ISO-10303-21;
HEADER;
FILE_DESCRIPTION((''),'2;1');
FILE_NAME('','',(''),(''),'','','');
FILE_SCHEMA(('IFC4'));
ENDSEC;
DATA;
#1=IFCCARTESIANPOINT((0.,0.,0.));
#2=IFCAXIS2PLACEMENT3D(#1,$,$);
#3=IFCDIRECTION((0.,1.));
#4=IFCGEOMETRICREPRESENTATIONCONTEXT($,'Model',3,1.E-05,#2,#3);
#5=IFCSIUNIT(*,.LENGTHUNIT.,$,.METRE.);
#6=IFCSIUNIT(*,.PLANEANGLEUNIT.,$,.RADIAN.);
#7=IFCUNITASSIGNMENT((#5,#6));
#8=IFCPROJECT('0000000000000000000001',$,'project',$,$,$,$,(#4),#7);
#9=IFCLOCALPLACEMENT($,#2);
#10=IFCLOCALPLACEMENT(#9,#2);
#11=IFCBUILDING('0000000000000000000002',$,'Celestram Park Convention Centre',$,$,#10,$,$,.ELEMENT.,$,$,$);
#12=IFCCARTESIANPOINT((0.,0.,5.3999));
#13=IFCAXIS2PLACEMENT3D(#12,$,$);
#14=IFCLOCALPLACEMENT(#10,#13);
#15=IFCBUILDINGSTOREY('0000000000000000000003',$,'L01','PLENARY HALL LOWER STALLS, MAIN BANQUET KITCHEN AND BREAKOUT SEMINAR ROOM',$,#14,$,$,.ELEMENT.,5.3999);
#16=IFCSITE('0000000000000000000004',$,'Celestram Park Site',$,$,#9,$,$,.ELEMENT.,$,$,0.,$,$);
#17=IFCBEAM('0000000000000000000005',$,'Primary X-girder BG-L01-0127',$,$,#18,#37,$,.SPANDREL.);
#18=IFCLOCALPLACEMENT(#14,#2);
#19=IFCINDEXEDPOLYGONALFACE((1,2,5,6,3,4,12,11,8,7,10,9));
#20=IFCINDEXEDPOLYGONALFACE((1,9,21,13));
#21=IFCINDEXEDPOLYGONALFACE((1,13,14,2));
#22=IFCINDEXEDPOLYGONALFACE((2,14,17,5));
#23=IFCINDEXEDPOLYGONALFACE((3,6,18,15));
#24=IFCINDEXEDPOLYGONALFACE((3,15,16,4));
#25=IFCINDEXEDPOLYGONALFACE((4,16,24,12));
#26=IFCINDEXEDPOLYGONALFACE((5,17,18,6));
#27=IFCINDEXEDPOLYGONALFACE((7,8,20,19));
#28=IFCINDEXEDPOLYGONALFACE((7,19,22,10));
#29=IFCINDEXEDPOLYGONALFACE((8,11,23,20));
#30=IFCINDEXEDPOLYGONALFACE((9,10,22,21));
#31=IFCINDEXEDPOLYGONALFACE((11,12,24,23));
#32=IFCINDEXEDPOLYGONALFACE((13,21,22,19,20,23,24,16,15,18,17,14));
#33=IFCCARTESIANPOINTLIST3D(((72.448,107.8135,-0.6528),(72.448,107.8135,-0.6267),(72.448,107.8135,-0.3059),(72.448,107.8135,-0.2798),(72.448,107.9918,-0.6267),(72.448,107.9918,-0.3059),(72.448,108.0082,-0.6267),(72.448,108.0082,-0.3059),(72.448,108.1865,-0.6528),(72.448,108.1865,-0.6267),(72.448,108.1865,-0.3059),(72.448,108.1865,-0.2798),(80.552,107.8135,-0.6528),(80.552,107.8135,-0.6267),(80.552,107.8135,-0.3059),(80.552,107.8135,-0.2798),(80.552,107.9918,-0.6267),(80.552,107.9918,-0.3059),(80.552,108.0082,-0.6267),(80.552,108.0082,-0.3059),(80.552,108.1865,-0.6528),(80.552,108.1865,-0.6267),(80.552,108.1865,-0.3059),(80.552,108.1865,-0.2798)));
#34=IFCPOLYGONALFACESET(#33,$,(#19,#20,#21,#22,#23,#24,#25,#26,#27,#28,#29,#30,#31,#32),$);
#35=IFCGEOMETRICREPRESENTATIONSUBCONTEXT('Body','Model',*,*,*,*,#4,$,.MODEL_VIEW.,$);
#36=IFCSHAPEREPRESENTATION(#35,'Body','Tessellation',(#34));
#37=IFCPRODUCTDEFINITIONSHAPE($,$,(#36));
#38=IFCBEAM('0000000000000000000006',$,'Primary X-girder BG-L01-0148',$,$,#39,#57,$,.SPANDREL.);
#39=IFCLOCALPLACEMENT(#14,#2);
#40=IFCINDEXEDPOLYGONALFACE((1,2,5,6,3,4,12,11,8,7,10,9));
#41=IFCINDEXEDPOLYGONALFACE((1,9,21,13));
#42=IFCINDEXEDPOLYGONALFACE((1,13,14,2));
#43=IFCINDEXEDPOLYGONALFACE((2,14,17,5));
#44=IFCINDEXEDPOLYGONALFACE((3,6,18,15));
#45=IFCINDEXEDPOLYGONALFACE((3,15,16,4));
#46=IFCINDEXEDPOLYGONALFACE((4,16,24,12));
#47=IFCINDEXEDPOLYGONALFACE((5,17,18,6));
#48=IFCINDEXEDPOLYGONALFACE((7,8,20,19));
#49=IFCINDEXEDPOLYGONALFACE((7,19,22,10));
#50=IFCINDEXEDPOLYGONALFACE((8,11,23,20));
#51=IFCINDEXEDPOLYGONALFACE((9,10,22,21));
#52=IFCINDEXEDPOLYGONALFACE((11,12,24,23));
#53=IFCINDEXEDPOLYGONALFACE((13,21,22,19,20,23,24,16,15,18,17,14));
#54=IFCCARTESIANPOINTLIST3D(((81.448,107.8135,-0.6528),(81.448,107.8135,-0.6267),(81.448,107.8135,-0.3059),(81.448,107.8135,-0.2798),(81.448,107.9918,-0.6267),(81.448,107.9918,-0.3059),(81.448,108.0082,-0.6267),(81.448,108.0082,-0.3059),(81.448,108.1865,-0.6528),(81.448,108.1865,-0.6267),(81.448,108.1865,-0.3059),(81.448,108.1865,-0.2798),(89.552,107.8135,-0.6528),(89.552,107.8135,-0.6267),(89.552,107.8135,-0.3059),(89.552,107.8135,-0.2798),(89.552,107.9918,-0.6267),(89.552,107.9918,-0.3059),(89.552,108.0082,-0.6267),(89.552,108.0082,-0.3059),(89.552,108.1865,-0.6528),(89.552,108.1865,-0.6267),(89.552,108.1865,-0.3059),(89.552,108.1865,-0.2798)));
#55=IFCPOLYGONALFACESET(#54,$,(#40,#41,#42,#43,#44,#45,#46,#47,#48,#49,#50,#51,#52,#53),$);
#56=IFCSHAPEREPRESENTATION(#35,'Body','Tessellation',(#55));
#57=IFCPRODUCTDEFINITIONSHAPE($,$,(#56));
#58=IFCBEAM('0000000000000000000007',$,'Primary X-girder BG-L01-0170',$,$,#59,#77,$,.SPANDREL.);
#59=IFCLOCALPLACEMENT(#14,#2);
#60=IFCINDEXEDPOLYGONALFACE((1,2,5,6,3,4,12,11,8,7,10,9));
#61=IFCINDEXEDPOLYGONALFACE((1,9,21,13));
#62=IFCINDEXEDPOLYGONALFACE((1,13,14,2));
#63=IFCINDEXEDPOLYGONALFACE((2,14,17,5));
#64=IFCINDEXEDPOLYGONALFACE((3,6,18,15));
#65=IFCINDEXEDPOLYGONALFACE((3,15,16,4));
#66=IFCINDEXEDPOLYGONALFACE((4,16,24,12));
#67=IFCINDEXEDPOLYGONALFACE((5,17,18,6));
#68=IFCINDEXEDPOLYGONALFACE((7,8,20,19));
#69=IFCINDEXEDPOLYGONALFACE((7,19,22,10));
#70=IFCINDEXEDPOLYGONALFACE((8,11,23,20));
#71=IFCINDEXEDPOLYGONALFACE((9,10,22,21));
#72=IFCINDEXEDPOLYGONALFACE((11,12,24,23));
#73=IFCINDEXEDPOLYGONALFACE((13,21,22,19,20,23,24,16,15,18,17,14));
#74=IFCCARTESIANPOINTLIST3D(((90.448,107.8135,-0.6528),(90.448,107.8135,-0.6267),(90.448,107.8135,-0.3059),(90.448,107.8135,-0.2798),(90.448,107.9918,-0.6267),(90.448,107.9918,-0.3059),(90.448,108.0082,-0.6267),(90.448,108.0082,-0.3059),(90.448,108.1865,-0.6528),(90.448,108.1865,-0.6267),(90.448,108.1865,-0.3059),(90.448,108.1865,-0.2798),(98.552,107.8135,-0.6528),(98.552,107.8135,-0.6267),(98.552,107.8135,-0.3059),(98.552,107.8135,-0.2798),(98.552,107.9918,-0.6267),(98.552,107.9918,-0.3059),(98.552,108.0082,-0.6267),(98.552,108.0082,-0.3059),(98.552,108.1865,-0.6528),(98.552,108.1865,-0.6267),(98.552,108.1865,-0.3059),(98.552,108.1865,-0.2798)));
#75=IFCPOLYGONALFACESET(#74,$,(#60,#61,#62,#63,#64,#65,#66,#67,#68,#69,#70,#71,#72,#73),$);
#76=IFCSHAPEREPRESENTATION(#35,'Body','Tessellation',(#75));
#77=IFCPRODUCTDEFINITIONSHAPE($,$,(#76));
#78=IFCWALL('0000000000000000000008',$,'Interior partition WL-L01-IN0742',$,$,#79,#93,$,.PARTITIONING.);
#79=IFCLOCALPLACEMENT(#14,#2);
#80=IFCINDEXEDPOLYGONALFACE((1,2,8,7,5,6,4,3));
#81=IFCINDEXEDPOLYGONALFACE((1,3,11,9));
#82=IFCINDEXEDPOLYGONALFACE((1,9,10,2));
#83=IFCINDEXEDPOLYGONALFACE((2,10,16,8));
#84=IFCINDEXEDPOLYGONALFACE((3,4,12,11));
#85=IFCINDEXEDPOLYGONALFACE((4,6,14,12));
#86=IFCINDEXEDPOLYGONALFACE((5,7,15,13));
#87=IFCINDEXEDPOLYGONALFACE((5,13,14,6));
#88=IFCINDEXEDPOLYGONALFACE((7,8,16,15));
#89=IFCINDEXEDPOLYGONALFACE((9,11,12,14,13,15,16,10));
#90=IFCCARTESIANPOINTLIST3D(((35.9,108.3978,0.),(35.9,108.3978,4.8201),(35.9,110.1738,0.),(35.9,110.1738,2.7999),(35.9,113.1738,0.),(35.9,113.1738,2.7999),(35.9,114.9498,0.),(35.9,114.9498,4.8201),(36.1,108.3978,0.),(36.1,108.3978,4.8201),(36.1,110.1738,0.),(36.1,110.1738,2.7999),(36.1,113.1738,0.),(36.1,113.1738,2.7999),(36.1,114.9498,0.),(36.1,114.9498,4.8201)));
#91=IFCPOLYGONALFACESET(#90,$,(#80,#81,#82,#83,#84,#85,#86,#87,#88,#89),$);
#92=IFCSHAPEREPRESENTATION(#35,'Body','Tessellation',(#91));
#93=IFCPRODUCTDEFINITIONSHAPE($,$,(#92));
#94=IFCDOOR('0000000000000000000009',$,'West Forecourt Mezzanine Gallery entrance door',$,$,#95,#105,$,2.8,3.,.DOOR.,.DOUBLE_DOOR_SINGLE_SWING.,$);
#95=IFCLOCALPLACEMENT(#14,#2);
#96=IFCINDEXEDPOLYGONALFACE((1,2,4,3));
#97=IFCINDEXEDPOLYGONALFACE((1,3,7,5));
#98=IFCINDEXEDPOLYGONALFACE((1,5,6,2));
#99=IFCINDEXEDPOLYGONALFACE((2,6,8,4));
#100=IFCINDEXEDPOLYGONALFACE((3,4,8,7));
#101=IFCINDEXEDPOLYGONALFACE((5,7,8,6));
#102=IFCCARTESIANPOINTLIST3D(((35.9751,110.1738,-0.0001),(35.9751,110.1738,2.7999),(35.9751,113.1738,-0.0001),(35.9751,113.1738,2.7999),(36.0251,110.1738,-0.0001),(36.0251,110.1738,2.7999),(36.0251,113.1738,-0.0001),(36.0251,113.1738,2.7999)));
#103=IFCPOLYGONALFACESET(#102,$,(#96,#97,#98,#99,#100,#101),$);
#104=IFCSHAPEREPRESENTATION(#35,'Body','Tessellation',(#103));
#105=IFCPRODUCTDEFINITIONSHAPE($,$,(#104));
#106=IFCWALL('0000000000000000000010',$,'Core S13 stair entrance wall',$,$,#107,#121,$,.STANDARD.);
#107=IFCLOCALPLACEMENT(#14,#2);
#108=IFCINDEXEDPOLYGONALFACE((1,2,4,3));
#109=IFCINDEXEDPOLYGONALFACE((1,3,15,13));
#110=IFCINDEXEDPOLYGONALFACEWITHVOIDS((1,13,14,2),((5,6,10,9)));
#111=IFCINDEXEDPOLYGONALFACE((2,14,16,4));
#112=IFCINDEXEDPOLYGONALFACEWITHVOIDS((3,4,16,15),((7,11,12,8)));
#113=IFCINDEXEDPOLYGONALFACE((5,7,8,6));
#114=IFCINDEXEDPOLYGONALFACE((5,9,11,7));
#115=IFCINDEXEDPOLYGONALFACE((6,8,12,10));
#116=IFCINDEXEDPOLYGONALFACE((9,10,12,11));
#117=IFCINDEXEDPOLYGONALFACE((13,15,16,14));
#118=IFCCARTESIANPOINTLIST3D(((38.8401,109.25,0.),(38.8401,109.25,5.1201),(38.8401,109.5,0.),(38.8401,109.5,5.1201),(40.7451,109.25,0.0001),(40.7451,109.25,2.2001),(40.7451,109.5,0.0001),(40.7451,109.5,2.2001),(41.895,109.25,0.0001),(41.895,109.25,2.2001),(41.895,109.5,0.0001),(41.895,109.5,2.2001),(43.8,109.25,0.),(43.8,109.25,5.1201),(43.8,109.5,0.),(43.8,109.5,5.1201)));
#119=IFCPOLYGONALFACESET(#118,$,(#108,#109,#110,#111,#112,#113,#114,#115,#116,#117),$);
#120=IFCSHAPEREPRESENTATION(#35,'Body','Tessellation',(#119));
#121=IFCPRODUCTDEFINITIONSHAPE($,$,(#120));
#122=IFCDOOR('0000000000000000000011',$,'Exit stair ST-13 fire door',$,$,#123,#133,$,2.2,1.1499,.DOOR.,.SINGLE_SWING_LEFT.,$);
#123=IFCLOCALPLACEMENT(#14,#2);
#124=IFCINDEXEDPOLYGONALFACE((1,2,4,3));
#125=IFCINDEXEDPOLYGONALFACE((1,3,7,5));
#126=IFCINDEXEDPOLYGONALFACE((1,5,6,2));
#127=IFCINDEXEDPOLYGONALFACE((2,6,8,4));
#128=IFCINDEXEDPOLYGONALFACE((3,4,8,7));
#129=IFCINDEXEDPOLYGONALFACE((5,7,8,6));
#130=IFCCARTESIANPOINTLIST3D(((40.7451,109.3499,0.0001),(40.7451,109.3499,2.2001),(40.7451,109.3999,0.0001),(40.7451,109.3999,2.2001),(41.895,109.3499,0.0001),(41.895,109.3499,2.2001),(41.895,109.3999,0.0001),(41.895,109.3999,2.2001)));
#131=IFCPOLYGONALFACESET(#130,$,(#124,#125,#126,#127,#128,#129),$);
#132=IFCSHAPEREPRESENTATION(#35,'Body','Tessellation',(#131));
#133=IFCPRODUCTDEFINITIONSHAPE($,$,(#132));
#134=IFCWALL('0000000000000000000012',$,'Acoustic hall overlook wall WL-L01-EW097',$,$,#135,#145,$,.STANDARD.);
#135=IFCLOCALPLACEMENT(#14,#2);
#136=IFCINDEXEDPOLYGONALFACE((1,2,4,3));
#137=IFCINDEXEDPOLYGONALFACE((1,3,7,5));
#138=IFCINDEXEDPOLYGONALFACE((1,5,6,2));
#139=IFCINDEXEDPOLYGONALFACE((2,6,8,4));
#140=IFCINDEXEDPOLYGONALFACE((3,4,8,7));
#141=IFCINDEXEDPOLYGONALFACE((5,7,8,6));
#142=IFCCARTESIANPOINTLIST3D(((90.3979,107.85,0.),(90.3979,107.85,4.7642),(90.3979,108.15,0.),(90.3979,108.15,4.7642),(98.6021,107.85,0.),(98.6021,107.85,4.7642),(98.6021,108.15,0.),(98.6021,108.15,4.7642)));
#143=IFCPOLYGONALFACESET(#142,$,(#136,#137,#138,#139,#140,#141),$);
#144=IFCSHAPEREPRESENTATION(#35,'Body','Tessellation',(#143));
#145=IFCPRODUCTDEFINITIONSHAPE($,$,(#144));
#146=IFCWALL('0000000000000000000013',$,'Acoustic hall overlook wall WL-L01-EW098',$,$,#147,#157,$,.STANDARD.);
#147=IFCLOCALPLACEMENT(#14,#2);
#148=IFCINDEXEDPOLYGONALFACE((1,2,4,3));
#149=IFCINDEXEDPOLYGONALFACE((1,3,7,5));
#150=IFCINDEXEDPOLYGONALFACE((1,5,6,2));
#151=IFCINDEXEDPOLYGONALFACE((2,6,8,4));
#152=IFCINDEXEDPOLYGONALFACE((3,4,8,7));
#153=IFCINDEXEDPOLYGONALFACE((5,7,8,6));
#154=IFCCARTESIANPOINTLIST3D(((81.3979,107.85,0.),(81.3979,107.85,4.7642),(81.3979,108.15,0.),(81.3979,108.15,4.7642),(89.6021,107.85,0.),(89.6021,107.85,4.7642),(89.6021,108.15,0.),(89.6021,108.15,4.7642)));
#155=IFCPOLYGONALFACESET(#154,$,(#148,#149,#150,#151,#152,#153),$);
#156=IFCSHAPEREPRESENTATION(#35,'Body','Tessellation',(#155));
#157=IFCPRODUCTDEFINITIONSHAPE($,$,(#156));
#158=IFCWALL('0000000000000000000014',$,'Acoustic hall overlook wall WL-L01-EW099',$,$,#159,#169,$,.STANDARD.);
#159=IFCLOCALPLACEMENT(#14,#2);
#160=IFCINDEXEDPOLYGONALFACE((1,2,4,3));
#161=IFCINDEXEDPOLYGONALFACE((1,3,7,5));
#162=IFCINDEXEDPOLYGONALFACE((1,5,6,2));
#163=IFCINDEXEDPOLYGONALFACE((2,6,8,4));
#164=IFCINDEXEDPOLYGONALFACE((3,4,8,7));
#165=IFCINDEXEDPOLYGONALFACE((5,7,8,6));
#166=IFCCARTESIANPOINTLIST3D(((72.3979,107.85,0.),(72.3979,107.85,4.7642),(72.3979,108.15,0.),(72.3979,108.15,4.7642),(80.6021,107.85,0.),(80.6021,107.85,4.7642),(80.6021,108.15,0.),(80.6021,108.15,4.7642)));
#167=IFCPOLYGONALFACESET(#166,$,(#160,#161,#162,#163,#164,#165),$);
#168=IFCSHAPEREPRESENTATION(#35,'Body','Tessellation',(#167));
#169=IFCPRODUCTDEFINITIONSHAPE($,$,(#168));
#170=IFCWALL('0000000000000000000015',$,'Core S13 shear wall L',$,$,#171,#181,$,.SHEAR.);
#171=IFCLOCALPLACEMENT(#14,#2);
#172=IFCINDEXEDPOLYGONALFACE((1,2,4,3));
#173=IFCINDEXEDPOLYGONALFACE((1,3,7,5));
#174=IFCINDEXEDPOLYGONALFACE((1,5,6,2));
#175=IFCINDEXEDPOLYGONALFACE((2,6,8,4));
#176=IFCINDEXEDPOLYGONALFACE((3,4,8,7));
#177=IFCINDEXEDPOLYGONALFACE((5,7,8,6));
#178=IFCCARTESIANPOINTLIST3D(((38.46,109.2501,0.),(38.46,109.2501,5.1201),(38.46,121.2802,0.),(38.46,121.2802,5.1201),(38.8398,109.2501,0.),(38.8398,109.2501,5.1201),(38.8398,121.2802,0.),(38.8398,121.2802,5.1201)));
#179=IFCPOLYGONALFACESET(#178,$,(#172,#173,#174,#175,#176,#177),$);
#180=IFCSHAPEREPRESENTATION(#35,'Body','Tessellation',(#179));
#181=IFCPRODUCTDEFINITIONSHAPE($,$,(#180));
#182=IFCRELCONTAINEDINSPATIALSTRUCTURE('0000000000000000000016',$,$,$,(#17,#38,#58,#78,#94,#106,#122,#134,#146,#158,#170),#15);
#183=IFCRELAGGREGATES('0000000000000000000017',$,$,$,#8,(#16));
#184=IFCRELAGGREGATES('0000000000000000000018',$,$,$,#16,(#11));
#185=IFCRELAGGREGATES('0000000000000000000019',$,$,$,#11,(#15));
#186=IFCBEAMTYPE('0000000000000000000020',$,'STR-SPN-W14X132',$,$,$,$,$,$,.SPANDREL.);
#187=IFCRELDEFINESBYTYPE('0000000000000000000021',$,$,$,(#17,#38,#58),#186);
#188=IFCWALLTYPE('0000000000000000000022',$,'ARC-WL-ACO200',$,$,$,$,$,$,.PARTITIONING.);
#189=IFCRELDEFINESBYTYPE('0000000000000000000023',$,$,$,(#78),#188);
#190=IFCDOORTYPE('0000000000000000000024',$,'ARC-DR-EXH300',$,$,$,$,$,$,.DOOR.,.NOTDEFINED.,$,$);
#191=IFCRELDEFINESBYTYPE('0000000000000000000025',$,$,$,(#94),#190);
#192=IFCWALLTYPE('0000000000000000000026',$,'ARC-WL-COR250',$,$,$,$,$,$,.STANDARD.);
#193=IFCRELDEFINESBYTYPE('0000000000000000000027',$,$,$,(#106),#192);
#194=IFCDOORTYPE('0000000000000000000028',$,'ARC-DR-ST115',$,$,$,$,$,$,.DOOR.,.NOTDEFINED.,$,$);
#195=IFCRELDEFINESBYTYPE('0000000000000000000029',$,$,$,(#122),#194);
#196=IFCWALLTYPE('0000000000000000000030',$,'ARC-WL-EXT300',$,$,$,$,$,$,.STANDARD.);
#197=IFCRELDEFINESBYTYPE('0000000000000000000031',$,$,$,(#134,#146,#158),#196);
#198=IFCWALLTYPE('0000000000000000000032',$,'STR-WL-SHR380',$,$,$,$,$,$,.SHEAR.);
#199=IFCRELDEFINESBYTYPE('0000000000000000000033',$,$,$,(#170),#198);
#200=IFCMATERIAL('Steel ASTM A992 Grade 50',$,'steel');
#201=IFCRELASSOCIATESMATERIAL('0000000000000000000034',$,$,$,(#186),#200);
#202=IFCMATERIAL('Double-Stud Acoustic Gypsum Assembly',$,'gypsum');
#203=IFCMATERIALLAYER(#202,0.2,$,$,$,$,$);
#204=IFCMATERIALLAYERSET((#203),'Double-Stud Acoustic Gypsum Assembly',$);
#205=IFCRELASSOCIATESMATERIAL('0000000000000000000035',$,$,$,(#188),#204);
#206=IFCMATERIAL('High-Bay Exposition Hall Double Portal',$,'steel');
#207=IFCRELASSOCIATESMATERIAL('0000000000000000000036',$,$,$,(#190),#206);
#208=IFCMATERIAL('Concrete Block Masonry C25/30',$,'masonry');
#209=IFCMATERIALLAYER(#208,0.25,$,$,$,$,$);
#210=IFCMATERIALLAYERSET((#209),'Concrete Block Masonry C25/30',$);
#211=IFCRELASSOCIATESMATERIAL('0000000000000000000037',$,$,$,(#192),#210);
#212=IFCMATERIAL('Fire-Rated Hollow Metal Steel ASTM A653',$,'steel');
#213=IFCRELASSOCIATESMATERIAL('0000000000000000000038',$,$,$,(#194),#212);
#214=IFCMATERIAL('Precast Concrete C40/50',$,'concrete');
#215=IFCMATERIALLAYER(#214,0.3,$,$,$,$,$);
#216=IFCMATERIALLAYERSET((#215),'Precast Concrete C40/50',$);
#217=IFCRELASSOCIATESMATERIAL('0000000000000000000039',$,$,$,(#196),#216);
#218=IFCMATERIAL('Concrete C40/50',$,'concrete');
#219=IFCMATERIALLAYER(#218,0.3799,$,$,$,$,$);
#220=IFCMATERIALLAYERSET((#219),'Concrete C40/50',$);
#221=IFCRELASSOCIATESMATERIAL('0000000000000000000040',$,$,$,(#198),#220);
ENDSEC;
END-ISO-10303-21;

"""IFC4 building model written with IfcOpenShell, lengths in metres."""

from ifc_helpers import new_model, si_unit, direction, frame, frame_2d, origin, origin_2d, place, context, subcontext, project, spatial, rectangle, i_section, extrude, material, layer, layer_set, material_profile, profile_set, type_object, element, fill, save


model = new_model("IFC4")

# Units and contexts
model_context = context("Model", 3, precision=1e-05, world=origin(), true_north=direction((0.0, 1.0)))
body_context = subcontext(model_context, "Body", "Model", "MODEL_VIEW")
ifc_project = project(units=[si_unit("LENGTHUNIT", "METRE"), si_unit("PLANEANGLEUNIT", "RADIAN")], contexts=[model_context])

# Site, building, storey
site_placement = place(None, origin())
site = spatial("IfcSite", under=ifc_project, at=site_placement, Name="Celestram Park Site", CompositionType="ELEMENT", RefElevation=0.0)
building_placement = place(site_placement, origin())
building = spatial("IfcBuilding", under=site, at=building_placement, Name="Celestram Park Convention Centre", CompositionType="ELEMENT")
storey_placement = place(building_placement, frame((0.0, 0.0, 5.3999)))
storey = spatial("IfcBuildingStorey", under=building, at=storey_placement, Name="L01", Description="PLENARY HALL LOWER STALLS, MAIN BANQUET KITCHEN AND BREAKOUT SEMINAR ROOM", CompositionType="ELEMENT", Elevation=5.3999)

# Shared definitions
ifc_material_1 = material(Name="Concrete C40/50", Category="concrete")

# Beams
ifc_material_2 = material(Name="Steel ASTM A992 Grade 50", Category="steel")
ifc_material_profile_1 = material_profile(ifc_material_2, i_section(OverallWidth=0.373, OverallDepth=0.373, WebThickness=0.0164, FlangeThickness=0.0261, at=origin_2d()), Name="W14X132")
ifc_profile_set_1 = profile_set([ifc_material_profile_1], Name="Steel ASTM A992 Grade 50")
beam_type_1 = type_object("IfcBeamType", Name="STR-SPN-W14X132", PredefinedType="SPANDREL", material=ifc_profile_set_1)
for number, where, z_axis, x_axis, name in (
    (1, (72.448, 108.0, -0.4663), (1.0, 0.0, 0.0), (0.0, 1.0, 0.0), "Primary X-girder BG-L01-0127"),
    (2, (81.448, 108.0, -0.4663), (1.0, 0.0, 0.0), (0.0, 1.0, 0.0), "Primary X-girder BG-L01-0148"),
    (3, (90.448, 108.0, -0.4663), (1.0, 0.0, 0.0), (0.0, 1.0, 0.0), "Primary X-girder BG-L01-0170"),
):
    element("IfcBeam", number, at=place(storey_placement, frame(where, z_axis=z_axis, x_axis=x_axis)), inside=storey, type_object=beam_type_1, Name=name, PredefinedType="SPANDREL", context=body_context, shape_type="SweptSolid", body=[
        extrude(i_section(OverallWidth=0.373, OverallDepth=0.373, WebThickness=0.0164, FlangeThickness=0.0261, at=origin_2d()), origin(), (0.0, 0.0, 1.0), 8.104),
    ])

# Walls, openings, doors
ifc_material_3 = material(Name="Double-Stud Acoustic Gypsum Assembly", Category="gypsum")
ifc_layer_1 = layer(ifc_material_3, 0.2)
ifc_layer_set_1 = layer_set([ifc_layer_1], Name="Double-Stud Acoustic Gypsum Assembly")
wall_type_1 = type_object("IfcWallType", Name="ARC-WL-ACO200", PredefinedType="PARTITIONING", material=ifc_layer_set_1)
wall_1_placement = place(storey_placement, frame((36.0, 108.3979, 0.0), z_axis=(0.0, 0.0, 1.0), x_axis=(0.0, 1.0, 0.0)))
wall_1 = element("IfcWall", 4, at=wall_1_placement, inside=storey, type_object=wall_type_1, Name="Interior partition WL-L01-IN0742", PredefinedType="PARTITIONING", context=body_context, shape_type="SweptSolid", body=[
    extrude(rectangle(XDim=6.552, YDim=0.2, at=frame_2d((3.2759, 0.0))), origin(), (0.0, 0.0, 1.0), 4.8201),
])
opening_1_placement = place(wall_1_placement, frame((1.7759, 0.0, 0.0)))
opening_1 = element("IfcOpeningElement", 5, at=opening_1_placement, cuts=wall_1, PredefinedType="OPENING", context=body_context, shape_type="SweptSolid", body=[
    extrude(rectangle(XDim=3.0, YDim=2.8, at=frame_2d((1.5, 1.3999))), frame((0.0, 0.1099, 0.0), z_axis=(0.0, -1.0, 0.0), x_axis=(1.0, 0.0, 0.0)), (0.0, 0.0, 1.0), 0.22),
])
ifc_material_4 = material(Name="High-Bay Exposition Hall Double Portal", Category="steel")
door_type_1 = type_object("IfcDoorType", Name="ARC-DR-EXH300", OperationType="NOTDEFINED", PredefinedType="DOOR", material=ifc_material_4)
door_1_placement = place(opening_1_placement, origin())
door_1 = element("IfcDoor", 6, at=door_1_placement, inside=storey, type_object=door_type_1, Name="West Forecourt Mezzanine Gallery entrance door", OperationType="DOUBLE_DOOR_SINGLE_SWING", OverallHeight=2.8, OverallWidth=3.0, PredefinedType="DOOR", context=body_context, shape_type="SweptSolid", body=[
    extrude(rectangle(XDim=3.0, YDim=2.8, at=frame_2d((1.5, 1.3999))), frame((0.0, 0.0249, 0.0), z_axis=(0.0, -1.0, 0.0), x_axis=(1.0, 0.0, 0.0)), (0.0, 0.0, 1.0), 0.05),
])
fill(opening_1, door_1)
ifc_material_5 = material(Name="Concrete Block Masonry C25/30", Category="masonry")
ifc_layer_2 = layer(ifc_material_5, 0.25)
ifc_layer_set_2 = layer_set([ifc_layer_2], Name="Concrete Block Masonry C25/30")
wall_type_2 = type_object("IfcWallType", Name="ARC-WL-COR250", PredefinedType="STANDARD", material=ifc_layer_set_2)
wall_2_placement = place(storey_placement, frame((38.8401, 109.375, 0.0), z_axis=(0.0, 0.0, 1.0), x_axis=(1.0, 0.0, 0.0)))
wall_2 = element("IfcWall", 7, at=wall_2_placement, inside=storey, type_object=wall_type_2, Name="Core S13 stair entrance wall", PredefinedType="STANDARD", context=body_context, shape_type="SweptSolid", body=[
    extrude(rectangle(XDim=4.96, YDim=0.25, at=frame_2d((2.48, 0.0))), origin(), (0.0, 0.0, 1.0), 5.1201),
])
opening_2_placement = place(wall_2_placement, frame((1.905, 0.0, 0.0)))
opening_2 = element("IfcOpeningElement", 8, at=opening_2_placement, cuts=wall_2, PredefinedType="OPENING", context=body_context, shape_type="SweptSolid", body=[
    extrude(rectangle(XDim=1.1499, YDim=2.2, at=frame_2d((0.575, 1.1001))), frame((0.0, 0.135, 0.0), z_axis=(0.0, -1.0, 0.0), x_axis=(1.0, 0.0, 0.0)), (0.0, 0.0, 1.0), 0.27),
])
ifc_material_6 = material(Name="Fire-Rated Hollow Metal Steel ASTM A653", Category="steel")
door_type_2 = type_object("IfcDoorType", Name="ARC-DR-ST115", OperationType="NOTDEFINED", PredefinedType="DOOR", material=ifc_material_6)
door_2_placement = place(opening_2_placement, origin())
door_2 = element("IfcDoor", 9, at=door_2_placement, inside=storey, type_object=door_type_2, Name="Exit stair ST-13 fire door", OperationType="SINGLE_SWING_LEFT", OverallHeight=2.2, OverallWidth=1.1499, PredefinedType="DOOR", context=body_context, shape_type="SweptSolid", body=[
    extrude(rectangle(XDim=1.1499, YDim=2.2, at=frame_2d((0.575, 1.1001))), frame((0.0, 0.0249, 0.0), z_axis=(0.0, -1.0, 0.0), x_axis=(1.0, 0.0, 0.0)), (0.0, 0.0, 1.0), 0.05),
])
fill(opening_2, door_2)

# Walls
ifc_material_7 = material(Name="Precast Concrete C40/50", Category="concrete")
ifc_layer_3 = layer(ifc_material_7, 0.3)
ifc_layer_set_3 = layer_set([ifc_layer_3], Name="Precast Concrete C40/50")
wall_type_3 = type_object("IfcWallType", Name="ARC-WL-EXT300", PredefinedType="STANDARD", material=ifc_layer_set_3)
for number, where, z_axis, x_axis, name in (
    (10, (98.6021, 108.0, 0.0), (0.0, 0.0, 1.0), (-1.0, 0.0, 0.0), "Acoustic hall overlook wall WL-L01-EW097"),
    (11, (89.6021, 108.0, 0.0), (0.0, 0.0, 1.0), (-1.0, 0.0, 0.0), "Acoustic hall overlook wall WL-L01-EW098"),
    (12, (80.6021, 108.0, 0.0), (0.0, 0.0, 1.0), (-1.0, 0.0, 0.0), "Acoustic hall overlook wall WL-L01-EW099"),
):
    element("IfcWall", number, at=place(storey_placement, frame(where, z_axis=z_axis, x_axis=x_axis)), inside=storey, type_object=wall_type_3, Name=name, PredefinedType="STANDARD", context=body_context, shape_type="SweptSolid", body=[
        extrude(rectangle(XDim=8.2041, YDim=0.3, at=frame_2d((4.1021, 0.0))), origin(), (0.0, 0.0, 1.0), 4.7642),
    ])
ifc_layer_4 = layer(ifc_material_1, 0.3799)
ifc_layer_set_4 = layer_set([ifc_layer_4], Name="Concrete C40/50")
wall_type_4 = type_object("IfcWallType", Name="STR-WL-SHR380", PredefinedType="SHEAR", material=ifc_layer_set_4)
wall_3_placement = place(storey_placement, frame((38.6499, 109.25, 0.0), z_axis=(0.0, 0.0, 1.0), x_axis=(0.0, 1.0, 0.0)))
element("IfcWall", 13, at=wall_3_placement, inside=storey, type_object=wall_type_4, Name="Core S13 shear wall L", PredefinedType="SHEAR", context=body_context, shape_type="SweptSolid", body=[
    extrude(rectangle(XDim=12.03, YDim=0.3799, at=frame_2d((6.0151, 0.0))), origin(), (0.0, 0.0, 1.0), 5.1201),
])

save(model, "model.ifc")
